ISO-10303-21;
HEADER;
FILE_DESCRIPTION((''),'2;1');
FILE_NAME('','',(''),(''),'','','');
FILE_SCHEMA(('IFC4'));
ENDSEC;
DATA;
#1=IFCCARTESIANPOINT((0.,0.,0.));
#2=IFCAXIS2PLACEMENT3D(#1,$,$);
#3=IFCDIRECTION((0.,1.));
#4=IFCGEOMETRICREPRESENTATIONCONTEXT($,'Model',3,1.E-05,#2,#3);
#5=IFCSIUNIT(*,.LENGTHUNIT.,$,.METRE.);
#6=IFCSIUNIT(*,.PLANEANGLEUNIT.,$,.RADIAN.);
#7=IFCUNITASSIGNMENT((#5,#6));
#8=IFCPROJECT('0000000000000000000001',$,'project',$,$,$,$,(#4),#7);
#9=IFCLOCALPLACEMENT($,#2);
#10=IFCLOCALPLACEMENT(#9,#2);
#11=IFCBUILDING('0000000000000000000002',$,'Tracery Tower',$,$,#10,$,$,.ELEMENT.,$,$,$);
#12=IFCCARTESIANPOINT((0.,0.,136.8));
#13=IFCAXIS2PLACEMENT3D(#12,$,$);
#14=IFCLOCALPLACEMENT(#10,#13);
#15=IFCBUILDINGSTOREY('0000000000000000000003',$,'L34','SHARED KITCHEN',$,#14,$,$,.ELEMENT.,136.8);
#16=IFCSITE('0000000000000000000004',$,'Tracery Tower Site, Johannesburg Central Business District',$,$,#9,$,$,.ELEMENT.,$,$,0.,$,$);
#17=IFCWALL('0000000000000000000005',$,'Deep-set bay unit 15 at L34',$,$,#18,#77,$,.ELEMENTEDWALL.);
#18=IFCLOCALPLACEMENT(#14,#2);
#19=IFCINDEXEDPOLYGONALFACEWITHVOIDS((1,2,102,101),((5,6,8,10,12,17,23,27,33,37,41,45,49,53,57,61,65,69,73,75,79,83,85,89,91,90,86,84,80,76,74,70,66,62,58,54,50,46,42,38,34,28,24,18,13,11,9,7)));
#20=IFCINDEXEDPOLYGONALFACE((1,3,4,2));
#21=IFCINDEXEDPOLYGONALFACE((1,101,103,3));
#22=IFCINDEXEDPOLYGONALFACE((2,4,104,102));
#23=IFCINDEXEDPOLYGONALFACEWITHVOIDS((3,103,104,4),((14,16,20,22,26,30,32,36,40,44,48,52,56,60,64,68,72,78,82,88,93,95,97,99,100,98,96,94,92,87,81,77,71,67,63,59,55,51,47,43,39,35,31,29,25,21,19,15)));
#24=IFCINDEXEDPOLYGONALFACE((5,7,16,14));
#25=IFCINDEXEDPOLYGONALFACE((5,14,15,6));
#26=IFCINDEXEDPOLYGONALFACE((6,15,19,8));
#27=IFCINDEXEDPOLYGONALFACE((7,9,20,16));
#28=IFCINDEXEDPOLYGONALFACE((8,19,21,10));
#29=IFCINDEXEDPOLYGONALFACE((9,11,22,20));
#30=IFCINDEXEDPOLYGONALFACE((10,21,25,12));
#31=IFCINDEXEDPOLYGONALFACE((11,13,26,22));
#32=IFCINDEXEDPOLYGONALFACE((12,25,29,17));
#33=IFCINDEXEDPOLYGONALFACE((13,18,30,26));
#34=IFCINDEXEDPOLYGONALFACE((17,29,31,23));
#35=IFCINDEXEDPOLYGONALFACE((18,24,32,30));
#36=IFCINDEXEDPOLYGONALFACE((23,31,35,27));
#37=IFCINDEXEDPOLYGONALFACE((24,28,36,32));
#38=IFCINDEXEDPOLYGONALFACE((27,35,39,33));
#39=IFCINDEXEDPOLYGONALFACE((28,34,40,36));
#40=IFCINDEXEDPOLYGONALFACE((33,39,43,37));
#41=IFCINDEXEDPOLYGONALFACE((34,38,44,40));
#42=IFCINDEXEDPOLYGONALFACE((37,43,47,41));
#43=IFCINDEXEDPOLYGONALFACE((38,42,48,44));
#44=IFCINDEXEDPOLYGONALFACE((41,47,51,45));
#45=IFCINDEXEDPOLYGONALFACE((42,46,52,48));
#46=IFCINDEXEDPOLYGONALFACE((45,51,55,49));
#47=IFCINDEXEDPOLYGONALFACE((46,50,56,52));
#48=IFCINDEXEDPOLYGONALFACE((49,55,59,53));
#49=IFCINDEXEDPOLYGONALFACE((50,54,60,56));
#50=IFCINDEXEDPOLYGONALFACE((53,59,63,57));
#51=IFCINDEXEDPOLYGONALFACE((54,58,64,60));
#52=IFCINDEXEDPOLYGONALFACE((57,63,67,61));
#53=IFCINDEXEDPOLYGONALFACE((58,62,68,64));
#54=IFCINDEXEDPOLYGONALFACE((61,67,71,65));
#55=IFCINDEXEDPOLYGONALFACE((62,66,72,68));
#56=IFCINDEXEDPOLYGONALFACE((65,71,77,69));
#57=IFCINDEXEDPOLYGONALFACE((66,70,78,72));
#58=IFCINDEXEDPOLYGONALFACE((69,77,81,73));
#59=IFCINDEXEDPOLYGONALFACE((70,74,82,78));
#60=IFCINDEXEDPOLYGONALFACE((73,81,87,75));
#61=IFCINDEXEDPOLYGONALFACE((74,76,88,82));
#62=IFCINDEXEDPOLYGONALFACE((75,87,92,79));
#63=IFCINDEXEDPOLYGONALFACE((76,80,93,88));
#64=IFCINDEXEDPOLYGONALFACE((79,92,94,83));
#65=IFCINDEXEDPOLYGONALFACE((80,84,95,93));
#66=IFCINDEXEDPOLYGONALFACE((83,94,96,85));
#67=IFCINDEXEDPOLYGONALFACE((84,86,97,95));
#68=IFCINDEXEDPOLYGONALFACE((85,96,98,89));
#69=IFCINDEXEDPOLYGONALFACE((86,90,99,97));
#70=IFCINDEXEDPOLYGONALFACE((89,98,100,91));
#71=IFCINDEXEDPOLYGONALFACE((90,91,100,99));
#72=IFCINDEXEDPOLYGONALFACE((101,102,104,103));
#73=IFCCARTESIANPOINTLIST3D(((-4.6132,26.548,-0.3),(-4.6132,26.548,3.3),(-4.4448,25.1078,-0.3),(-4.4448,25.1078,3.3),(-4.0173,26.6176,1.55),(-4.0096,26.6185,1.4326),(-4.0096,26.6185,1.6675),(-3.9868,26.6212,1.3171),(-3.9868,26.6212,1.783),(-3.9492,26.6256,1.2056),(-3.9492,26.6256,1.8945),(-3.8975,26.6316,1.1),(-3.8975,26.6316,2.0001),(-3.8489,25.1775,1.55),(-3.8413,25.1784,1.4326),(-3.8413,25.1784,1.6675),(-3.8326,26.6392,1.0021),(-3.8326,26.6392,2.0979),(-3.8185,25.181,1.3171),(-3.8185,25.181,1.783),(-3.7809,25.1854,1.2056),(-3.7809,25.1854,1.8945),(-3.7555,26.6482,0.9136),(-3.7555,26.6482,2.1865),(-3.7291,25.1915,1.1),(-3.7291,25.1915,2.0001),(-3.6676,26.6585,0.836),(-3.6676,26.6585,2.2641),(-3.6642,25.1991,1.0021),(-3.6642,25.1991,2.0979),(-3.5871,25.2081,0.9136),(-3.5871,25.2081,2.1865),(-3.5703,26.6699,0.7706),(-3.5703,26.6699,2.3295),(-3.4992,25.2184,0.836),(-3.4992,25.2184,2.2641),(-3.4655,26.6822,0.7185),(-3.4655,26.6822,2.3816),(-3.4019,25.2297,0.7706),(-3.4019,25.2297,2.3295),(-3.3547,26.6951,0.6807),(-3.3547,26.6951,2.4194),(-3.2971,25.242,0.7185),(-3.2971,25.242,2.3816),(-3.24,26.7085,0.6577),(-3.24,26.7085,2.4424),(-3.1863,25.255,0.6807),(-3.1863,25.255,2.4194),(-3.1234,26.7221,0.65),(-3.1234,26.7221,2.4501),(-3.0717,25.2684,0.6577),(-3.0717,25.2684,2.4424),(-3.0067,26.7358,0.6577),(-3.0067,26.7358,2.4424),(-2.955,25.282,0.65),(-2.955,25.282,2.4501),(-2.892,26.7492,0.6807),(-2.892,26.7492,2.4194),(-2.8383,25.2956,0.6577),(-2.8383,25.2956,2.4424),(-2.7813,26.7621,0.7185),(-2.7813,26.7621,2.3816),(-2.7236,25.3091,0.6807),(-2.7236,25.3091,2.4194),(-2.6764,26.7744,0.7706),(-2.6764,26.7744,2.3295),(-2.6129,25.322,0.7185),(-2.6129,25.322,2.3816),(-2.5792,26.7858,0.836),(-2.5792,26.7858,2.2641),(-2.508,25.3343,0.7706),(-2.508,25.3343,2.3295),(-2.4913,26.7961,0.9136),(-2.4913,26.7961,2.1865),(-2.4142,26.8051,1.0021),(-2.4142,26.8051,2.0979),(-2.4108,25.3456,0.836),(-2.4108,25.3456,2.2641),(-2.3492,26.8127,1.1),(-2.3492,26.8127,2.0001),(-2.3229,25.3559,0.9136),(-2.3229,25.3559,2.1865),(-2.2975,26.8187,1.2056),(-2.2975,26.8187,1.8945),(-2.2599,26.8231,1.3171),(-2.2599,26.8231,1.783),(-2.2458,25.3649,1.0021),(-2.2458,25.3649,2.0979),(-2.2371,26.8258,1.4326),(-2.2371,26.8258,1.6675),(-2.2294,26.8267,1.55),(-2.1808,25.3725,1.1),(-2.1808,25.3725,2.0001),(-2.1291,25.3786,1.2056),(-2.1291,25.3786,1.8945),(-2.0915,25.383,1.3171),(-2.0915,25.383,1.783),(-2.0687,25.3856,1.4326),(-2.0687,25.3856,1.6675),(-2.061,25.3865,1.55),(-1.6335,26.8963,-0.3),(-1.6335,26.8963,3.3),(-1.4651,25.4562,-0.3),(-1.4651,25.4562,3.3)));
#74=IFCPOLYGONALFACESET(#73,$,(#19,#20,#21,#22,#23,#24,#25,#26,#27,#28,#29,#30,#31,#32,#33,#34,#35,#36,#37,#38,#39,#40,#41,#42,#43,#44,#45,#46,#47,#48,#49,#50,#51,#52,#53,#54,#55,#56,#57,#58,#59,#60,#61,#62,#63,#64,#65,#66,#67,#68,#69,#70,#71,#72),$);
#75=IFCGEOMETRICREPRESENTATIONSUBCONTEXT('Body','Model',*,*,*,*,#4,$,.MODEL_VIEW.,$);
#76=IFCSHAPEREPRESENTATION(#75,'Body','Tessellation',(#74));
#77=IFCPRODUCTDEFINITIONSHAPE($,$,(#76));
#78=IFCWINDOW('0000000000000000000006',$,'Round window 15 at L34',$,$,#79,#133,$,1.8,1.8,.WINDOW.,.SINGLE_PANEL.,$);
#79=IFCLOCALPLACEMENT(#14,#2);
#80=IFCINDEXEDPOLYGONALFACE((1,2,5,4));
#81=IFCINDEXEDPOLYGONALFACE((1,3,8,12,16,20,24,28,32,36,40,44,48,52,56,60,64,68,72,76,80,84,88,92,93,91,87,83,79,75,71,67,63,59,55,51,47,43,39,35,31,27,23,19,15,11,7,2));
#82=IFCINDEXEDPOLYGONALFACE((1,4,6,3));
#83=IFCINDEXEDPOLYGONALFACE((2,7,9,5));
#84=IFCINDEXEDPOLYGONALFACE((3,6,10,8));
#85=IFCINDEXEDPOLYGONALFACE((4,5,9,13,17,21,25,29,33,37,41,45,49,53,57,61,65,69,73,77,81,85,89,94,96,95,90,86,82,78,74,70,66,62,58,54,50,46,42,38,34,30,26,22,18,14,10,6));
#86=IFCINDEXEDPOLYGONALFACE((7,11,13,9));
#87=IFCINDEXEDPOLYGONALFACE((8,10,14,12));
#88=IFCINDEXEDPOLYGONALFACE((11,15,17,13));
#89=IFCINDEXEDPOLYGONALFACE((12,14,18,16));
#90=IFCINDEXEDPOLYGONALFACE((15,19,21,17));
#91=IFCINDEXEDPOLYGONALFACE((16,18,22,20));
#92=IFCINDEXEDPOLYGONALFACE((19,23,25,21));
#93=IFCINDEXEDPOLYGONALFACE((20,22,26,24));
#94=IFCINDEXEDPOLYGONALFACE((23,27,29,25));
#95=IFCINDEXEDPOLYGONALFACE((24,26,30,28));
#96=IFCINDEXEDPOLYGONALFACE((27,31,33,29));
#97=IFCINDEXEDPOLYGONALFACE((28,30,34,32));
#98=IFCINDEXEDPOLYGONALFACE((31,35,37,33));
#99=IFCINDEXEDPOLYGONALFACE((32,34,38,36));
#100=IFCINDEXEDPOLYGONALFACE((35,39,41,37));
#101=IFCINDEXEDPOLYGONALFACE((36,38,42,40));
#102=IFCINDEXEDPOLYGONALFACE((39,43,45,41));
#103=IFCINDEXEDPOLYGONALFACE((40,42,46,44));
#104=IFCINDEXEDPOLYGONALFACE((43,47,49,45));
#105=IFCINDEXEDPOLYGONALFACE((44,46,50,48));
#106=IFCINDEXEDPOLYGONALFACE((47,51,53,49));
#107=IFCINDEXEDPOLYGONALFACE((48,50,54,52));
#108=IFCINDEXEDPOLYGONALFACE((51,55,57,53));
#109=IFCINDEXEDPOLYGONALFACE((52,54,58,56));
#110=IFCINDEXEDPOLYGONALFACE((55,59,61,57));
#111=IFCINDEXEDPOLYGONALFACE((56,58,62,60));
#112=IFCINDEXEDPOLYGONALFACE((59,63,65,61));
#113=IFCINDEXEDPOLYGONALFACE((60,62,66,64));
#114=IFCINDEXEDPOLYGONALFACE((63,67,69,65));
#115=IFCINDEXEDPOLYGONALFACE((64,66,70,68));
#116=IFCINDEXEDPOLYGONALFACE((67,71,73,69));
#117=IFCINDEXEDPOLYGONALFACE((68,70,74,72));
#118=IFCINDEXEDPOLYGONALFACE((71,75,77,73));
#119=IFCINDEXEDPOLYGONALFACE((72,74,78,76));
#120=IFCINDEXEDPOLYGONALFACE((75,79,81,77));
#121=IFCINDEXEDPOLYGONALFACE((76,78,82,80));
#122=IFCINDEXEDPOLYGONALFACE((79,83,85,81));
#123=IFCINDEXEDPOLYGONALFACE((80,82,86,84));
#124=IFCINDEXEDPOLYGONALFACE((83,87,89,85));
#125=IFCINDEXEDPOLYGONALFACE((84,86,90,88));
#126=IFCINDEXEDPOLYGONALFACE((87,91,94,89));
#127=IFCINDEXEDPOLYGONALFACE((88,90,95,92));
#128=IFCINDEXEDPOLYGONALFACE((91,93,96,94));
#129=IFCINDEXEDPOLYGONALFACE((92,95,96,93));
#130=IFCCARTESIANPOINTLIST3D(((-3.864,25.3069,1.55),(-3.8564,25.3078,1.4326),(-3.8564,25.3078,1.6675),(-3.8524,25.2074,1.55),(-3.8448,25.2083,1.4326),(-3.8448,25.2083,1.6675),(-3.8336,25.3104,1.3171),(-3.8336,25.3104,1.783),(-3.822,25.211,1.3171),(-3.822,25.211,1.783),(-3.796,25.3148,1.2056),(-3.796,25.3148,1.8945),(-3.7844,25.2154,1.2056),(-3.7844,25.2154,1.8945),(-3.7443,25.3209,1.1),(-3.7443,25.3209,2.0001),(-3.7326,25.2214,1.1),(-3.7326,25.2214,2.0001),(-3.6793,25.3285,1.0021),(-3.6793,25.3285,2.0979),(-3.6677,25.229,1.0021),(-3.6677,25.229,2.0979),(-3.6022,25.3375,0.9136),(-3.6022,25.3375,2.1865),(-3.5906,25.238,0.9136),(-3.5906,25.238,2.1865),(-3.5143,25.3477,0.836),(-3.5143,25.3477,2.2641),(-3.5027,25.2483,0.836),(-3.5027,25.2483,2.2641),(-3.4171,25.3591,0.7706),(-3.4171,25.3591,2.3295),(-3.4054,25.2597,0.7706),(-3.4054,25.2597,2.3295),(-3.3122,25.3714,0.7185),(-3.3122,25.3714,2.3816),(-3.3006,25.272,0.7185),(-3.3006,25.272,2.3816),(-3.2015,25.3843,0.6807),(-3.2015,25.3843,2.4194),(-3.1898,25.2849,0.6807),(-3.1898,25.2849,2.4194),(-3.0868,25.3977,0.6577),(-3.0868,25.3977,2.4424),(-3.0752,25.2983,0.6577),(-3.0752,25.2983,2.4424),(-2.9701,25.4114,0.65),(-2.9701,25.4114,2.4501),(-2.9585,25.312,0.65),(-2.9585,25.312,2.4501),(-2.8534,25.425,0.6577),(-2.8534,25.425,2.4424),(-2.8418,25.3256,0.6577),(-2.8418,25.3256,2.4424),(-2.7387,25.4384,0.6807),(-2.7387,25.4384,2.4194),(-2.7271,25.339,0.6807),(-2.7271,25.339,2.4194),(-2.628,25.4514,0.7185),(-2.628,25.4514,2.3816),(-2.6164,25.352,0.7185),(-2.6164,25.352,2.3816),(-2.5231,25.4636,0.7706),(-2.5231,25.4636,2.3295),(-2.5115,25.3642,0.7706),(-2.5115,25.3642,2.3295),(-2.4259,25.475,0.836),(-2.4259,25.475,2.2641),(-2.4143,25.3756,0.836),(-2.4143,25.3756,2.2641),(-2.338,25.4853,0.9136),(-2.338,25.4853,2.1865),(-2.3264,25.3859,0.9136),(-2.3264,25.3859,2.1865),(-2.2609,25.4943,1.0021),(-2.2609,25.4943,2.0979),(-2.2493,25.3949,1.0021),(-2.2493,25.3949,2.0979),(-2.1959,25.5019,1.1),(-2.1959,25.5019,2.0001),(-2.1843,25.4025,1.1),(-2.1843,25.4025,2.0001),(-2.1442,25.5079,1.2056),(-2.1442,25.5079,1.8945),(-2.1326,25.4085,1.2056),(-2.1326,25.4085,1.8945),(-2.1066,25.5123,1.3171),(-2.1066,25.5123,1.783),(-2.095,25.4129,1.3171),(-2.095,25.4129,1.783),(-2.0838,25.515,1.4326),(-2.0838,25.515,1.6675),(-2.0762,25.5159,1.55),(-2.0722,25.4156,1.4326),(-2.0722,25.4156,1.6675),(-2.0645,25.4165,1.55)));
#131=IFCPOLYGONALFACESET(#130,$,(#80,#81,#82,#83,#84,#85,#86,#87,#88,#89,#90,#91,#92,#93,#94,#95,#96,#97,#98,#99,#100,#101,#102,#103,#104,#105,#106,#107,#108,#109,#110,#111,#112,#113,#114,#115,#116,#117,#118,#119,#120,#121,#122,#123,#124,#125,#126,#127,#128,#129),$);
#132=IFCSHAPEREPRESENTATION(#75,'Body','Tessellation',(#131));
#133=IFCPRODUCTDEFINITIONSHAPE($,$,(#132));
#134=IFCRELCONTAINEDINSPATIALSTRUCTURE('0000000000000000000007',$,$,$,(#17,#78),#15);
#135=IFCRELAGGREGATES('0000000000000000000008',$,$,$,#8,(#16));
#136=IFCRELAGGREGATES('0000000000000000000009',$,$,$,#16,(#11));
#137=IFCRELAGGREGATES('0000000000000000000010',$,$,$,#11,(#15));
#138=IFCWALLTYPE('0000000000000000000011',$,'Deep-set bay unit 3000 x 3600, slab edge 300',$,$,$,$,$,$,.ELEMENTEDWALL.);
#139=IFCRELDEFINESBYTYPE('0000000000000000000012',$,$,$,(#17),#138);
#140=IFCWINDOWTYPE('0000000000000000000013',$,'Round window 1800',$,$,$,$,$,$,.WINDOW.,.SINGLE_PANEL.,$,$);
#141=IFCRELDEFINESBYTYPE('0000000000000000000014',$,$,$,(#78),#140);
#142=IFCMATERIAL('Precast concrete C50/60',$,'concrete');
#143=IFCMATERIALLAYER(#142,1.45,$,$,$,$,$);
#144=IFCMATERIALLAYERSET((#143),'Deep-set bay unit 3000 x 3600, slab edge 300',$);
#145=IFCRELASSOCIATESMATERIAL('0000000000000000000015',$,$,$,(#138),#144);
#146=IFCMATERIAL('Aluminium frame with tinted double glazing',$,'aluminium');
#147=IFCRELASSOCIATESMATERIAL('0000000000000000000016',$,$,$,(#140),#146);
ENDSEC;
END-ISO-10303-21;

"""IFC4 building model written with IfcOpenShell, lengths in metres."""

from ifc_helpers import new_model, si_unit, direction, frame, frame_2d, origin, origin_2d, place, context, subcontext, project, spatial, rectangle, circle, extrude, material, layer, layer_set, type_object, element, fill, save


model = new_model("IFC4")

# Units and contexts
model_context = context("Model", 3, precision=1e-05, world=origin(), true_north=direction((0.0, 1.0)))
body_context = subcontext(model_context, "Body", "Model", "MODEL_VIEW")
ifc_project = project(units=[si_unit("LENGTHUNIT", "METRE"), si_unit("PLANEANGLEUNIT", "RADIAN")], contexts=[model_context])

# Site, building, storey
site_placement = place(None, origin())
site = spatial("IfcSite", under=ifc_project, at=site_placement, Name="Tracery Tower Site, Johannesburg Central Business District", CompositionType="ELEMENT", RefElevation=0.0)
building_placement = place(site_placement, origin())
building = spatial("IfcBuilding", under=site, at=building_placement, Name="Tracery Tower", CompositionType="ELEMENT")
storey_placement = place(building_placement, frame((0.0, 0.0, 136.8)))
storey = spatial("IfcBuildingStorey", under=building, at=storey_placement, Name="L34", Description="SHARED KITCHEN", CompositionType="ELEMENT", Elevation=136.8)

# Wall, opening, window
ifc_material_1 = material(Name="Precast concrete C50/60", Category="concrete")
ifc_layer_1 = layer(ifc_material_1, 1.45)
ifc_layer_set_1 = layer_set([ifc_layer_1], Name="Deep-set bay unit 3000 x 3600, slab edge 300")
wall_type_1 = type_object("IfcWallType", Name="Deep-set bay unit 3000 x 3600, slab edge 300", PredefinedType="ELEMENTEDWALL", material=ifc_layer_set_1)
ifc_material_2 = material(Name="Aluminium frame with tinted double glazing", Category="aluminium")
window_type = type_object("IfcWindowType", Name="Round window 1800", PartitioningType="SINGLE_PANEL", PredefinedType="WINDOW", material=ifc_material_2)
wall_1_placement = place(storey_placement, frame((-1.5493, 26.1763, -0.3), z_axis=(0.0, 0.0, 1.0), x_axis=(-0.993234, -0.116128, 0.0)))
wall_1 = element("IfcWall", 1, at=wall_1_placement, inside=storey, type_object=wall_type_1, Name="Deep-set bay unit 15 at L34", PredefinedType="ELEMENTEDWALL", context=body_context, shape_type="SweptSolid", body=[
    extrude(rectangle(XDim=3.0, YDim=1.45, at=frame_2d((1.5, 0.0))), origin(), (0.0, 0.0, 1.0), 3.6001),
])
opening_1_placement = place(wall_1_placement, frame((1.5, 0.0, 1.8501)))
opening_1 = element("IfcOpeningElement", 2, at=opening_1_placement, cuts=wall_1, PredefinedType="OPENING", context=body_context, shape_type="SweptSolid", body=[
    extrude(circle(Radius=0.9, at=origin_2d()), frame((0.0, 0.7349, 0.0), z_axis=(0.0, -1.0, 0.0), x_axis=(1.0, 0.0, 0.0)), (0.0, 0.0, 1.0), 1.47),
])
window_1_placement = place(opening_1_placement, origin())
window_1 = element("IfcWindow", 3, at=window_1_placement, inside=storey, type_object=window_type, Name="Round window 15 at L34", OverallHeight=1.8, OverallWidth=1.8, PartitioningType="SINGLE_PANEL", PredefinedType="WINDOW", context=body_context, shape_type="SweptSolid", body=[
    extrude(circle(Radius=0.9, at=origin_2d()), frame((0.0, 0.6948, 0.0), z_axis=(0.0, -1.0, 0.0), x_axis=(1.0, 0.0, 0.0)), (0.0, 0.0, 1.0), 0.1001),
])
fill(opening_1, window_1)

save(model, "model.ifc")
